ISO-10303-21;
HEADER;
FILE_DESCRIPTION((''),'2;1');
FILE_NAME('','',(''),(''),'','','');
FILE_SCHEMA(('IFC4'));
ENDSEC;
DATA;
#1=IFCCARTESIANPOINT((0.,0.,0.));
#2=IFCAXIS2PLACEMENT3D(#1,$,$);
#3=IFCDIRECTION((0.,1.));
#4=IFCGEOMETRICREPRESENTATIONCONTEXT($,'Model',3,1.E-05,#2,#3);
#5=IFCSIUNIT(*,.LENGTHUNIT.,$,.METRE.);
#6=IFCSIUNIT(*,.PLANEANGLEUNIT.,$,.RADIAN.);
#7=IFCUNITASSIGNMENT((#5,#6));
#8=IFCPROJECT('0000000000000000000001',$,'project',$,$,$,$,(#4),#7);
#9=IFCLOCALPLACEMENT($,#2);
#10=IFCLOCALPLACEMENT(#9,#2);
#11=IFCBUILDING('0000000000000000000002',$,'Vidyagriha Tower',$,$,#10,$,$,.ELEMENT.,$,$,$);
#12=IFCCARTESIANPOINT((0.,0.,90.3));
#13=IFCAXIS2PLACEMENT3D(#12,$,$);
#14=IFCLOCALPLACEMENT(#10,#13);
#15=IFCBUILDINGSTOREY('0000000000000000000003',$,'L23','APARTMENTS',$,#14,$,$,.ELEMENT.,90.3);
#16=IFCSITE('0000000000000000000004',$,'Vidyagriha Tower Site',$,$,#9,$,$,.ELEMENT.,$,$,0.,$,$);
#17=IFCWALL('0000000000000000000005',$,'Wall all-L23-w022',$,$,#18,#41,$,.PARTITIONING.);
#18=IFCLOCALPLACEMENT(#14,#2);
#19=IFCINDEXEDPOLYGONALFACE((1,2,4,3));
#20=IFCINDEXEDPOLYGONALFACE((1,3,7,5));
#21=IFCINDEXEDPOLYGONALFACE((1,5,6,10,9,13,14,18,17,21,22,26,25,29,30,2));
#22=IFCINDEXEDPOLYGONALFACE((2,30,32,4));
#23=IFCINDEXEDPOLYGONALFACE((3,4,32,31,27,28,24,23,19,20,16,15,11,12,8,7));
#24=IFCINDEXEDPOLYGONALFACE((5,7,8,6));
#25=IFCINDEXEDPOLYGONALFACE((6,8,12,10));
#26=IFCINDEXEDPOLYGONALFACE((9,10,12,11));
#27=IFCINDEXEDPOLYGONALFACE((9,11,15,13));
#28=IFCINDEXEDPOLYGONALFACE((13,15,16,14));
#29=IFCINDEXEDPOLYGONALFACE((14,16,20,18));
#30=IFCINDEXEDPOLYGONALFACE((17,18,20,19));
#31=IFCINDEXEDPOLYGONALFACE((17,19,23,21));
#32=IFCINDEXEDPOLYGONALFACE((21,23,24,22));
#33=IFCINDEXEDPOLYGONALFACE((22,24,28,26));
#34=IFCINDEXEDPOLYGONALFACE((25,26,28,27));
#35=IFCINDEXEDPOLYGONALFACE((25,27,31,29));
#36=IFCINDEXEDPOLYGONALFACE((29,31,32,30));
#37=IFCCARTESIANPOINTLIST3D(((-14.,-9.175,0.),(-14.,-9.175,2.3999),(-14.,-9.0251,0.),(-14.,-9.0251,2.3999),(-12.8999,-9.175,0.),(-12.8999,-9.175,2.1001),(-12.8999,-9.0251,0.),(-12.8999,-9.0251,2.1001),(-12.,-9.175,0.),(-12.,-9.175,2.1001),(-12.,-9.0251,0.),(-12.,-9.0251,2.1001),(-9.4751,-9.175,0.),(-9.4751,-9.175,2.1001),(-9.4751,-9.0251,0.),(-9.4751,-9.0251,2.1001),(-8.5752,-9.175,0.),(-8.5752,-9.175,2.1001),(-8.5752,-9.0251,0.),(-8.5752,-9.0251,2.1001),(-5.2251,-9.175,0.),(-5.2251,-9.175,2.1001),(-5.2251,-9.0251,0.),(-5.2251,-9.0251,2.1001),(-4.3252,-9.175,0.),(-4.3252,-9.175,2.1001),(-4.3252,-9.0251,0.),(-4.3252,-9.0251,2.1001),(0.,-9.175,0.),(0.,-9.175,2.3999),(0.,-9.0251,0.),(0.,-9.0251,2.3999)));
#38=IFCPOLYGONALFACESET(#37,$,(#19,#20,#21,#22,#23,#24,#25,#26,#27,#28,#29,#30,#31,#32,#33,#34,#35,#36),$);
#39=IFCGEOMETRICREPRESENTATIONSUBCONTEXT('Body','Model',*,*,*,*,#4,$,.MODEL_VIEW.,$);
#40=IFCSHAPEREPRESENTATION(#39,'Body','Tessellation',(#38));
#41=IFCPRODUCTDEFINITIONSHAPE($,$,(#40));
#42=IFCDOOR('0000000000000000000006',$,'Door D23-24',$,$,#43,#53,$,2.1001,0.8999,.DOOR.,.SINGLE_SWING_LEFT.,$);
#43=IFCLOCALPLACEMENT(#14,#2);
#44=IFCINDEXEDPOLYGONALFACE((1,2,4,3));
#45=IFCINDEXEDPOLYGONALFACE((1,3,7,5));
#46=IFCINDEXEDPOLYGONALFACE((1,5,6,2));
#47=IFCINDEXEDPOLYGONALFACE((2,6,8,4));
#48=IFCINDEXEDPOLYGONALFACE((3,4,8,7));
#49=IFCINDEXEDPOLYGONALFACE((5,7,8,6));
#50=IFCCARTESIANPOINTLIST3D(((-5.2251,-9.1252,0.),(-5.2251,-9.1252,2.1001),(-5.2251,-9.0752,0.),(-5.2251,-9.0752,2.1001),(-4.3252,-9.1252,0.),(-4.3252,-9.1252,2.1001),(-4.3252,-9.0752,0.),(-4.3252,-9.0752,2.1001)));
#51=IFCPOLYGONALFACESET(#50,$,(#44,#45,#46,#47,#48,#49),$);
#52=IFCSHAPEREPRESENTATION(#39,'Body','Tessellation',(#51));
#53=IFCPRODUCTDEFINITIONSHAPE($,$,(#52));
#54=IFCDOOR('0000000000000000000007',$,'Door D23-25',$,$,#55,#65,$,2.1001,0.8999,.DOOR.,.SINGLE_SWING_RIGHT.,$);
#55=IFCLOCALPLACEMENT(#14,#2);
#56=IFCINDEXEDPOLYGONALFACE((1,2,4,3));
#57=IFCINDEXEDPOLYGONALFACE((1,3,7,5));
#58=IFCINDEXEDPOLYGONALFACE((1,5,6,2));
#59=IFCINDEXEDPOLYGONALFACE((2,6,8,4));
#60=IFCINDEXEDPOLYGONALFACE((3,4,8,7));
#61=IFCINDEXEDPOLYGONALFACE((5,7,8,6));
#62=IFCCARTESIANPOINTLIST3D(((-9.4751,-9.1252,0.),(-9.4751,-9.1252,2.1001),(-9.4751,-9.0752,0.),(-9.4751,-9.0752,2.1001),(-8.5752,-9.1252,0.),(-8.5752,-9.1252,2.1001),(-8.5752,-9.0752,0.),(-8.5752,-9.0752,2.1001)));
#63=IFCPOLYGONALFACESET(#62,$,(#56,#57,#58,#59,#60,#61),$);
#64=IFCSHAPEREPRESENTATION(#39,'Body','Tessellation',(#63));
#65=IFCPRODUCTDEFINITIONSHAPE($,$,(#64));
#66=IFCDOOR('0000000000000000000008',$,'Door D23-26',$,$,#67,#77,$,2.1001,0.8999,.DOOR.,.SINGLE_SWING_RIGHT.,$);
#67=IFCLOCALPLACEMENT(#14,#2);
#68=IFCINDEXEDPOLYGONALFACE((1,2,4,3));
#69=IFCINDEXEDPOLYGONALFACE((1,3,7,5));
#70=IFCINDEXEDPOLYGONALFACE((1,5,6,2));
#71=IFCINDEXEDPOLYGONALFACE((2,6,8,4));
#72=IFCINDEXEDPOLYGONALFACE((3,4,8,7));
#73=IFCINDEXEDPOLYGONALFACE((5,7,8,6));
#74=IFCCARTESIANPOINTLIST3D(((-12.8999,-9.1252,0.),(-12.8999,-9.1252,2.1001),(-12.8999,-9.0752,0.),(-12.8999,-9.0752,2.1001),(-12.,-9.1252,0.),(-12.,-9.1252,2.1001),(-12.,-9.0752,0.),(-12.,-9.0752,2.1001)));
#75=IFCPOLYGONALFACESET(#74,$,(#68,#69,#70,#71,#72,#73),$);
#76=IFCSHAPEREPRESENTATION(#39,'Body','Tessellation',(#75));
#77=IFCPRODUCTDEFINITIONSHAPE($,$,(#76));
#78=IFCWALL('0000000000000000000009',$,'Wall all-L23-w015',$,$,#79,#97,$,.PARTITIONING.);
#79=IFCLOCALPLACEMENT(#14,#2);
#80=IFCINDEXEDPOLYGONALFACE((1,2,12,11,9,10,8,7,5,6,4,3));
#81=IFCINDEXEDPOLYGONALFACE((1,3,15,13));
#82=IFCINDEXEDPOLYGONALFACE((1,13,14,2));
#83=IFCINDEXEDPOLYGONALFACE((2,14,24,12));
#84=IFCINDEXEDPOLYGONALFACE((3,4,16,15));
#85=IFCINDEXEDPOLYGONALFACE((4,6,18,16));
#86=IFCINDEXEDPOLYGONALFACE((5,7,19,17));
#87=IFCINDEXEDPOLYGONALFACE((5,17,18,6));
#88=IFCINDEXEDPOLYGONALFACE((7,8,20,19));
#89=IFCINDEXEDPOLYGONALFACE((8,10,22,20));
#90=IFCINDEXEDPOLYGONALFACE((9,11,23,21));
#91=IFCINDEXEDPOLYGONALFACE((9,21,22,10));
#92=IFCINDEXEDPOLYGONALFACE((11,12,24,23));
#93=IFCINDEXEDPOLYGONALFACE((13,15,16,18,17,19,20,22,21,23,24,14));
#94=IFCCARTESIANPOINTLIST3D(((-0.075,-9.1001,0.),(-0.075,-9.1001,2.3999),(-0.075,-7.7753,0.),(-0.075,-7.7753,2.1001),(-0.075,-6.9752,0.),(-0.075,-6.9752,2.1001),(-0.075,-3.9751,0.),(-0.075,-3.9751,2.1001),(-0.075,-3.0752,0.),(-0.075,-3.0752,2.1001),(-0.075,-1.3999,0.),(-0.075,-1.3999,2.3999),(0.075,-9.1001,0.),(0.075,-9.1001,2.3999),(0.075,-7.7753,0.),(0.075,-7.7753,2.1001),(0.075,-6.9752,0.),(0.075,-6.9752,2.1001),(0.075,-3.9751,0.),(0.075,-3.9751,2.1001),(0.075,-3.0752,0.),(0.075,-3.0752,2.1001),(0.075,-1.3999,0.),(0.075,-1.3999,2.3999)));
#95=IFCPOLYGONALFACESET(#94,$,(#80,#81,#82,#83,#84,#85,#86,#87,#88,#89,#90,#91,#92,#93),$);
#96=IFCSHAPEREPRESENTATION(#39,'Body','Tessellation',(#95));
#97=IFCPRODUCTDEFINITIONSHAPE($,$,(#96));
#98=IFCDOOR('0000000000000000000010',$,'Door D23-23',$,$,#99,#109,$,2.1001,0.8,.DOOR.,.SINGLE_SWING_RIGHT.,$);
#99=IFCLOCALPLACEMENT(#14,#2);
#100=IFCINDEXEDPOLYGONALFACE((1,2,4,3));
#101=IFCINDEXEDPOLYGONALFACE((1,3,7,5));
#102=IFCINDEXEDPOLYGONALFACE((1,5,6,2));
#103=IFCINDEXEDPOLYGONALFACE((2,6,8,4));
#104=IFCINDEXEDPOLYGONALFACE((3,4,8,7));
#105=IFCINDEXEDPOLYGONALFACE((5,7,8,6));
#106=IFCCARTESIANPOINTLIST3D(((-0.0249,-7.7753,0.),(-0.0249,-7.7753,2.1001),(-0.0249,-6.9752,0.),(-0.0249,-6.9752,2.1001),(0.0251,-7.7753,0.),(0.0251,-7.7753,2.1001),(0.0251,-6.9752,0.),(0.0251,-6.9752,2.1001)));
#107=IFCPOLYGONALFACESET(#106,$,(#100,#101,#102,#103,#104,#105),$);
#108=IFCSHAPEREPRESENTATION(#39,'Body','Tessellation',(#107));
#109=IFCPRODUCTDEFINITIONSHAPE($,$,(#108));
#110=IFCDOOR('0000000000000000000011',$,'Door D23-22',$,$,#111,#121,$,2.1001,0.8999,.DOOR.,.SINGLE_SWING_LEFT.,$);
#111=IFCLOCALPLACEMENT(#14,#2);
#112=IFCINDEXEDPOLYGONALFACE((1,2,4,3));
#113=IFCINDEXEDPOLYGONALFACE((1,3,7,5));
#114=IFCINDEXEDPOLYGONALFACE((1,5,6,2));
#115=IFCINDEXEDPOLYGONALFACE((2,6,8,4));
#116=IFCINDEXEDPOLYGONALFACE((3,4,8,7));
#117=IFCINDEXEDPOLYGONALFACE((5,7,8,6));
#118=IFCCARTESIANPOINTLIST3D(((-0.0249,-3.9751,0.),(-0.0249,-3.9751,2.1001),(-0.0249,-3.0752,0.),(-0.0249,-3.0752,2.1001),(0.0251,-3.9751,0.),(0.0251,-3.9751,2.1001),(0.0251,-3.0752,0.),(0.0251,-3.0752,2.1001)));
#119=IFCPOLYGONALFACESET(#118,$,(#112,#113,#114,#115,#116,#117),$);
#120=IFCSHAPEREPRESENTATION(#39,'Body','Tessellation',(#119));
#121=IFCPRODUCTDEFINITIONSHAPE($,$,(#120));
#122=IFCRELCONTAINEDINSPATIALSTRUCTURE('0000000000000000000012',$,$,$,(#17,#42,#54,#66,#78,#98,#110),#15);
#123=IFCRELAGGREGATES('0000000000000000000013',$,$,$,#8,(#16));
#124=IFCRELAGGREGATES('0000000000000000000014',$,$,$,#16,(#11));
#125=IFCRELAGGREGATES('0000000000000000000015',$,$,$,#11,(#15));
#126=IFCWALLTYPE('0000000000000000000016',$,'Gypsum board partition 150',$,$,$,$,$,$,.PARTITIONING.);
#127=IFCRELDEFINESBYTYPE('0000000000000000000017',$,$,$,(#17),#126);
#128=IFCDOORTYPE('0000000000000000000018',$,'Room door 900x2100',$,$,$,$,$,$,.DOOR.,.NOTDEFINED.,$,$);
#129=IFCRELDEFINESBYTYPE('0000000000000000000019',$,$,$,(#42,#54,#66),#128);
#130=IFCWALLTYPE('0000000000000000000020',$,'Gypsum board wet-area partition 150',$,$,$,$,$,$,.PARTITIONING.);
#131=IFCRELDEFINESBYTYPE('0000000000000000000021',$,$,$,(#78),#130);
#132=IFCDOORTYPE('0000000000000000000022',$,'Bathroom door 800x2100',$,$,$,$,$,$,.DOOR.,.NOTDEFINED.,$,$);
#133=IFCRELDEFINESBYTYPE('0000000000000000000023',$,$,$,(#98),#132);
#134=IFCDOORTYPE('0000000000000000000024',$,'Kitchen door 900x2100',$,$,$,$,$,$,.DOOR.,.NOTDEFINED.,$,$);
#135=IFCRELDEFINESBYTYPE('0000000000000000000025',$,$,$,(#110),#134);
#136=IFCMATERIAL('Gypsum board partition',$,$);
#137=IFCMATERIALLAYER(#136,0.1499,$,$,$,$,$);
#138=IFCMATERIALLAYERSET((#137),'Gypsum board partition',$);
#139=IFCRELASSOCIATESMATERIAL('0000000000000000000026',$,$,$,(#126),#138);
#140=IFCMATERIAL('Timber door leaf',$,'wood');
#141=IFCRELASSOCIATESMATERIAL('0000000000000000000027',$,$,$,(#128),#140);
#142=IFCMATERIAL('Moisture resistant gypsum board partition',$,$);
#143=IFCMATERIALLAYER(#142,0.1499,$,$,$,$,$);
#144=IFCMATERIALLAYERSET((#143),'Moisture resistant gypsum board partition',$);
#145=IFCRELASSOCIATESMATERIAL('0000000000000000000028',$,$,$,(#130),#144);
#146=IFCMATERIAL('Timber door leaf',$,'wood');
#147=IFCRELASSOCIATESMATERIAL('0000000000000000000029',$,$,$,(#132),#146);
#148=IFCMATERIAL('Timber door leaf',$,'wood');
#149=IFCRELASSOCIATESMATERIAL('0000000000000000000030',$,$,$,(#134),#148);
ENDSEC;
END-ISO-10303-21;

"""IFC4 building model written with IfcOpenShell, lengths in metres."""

from ifc_helpers import new_model, si_unit, direction, frame, frame_2d, origin, place, context, subcontext, project, spatial, rectangle, extrude, material, layer, layer_set, type_object, element, fill, save


model = new_model("IFC4")

# Units and contexts
model_context = context("Model", 3, precision=1e-05, world=origin(), true_north=direction((0.0, 1.0)))
body_context = subcontext(model_context, "Body", "Model", "MODEL_VIEW")
ifc_project = project(units=[si_unit("LENGTHUNIT", "METRE"), si_unit("PLANEANGLEUNIT", "RADIAN")], contexts=[model_context])

# Site, building, storey
site_placement = place(None, origin())
site = spatial("IfcSite", under=ifc_project, at=site_placement, Name="Vidyagriha Tower Site", CompositionType="ELEMENT", RefElevation=0.0)
building_placement = place(site_placement, origin())
building = spatial("IfcBuilding", under=site, at=building_placement, Name="Vidyagriha Tower", CompositionType="ELEMENT")
storey_placement = place(building_placement, frame((0.0, 0.0, 90.3)))
storey = spatial("IfcBuildingStorey", under=building, at=storey_placement, Name="L23", Description="APARTMENTS", CompositionType="ELEMENT", Elevation=90.3)

# Shared definitions
ifc_material_1 = material(Name="Gypsum board partition")
ifc_layer_1 = layer(ifc_material_1, 0.1499)
ifc_layer_set_1 = layer_set([ifc_layer_1], Name="Gypsum board partition")
wall_type_1 = type_object("IfcWallType", Name="Gypsum board partition 150", PredefinedType="PARTITIONING", material=ifc_layer_set_1)

# Walls, openings, doors
wall_1_placement = place(storey_placement, frame((-14.0, -9.1001, 0.0)))
wall_1 = element("IfcWall", 1, at=wall_1_placement, inside=storey, type_object=wall_type_1, Name="Wall all-L23-w022", PredefinedType="PARTITIONING", context=body_context, shape_type="SweptSolid", body=[
    extrude(rectangle(XDim=14.0, YDim=0.1499, at=frame_2d((7.0, 0.0))), origin(), (0.0, 0.0, 1.0), 2.3999),
])
opening_1_placement = place(wall_1_placement, frame((8.7749, 0.0, 0.0)))
opening_1 = element("IfcOpeningElement", 2, at=opening_1_placement, cuts=wall_1, PredefinedType="OPENING", context=body_context, shape_type="SweptSolid", body=[
    extrude(rectangle(XDim=0.8999, YDim=2.1001, at=frame_2d((0.45, 1.05))), frame((0.0, 0.085, 0.0), z_axis=(0.0, -1.0, 0.0), x_axis=(1.0, 0.0, 0.0)), (0.0, 0.0, 1.0), 0.1699),
])
opening_2_placement = place(wall_1_placement, frame((4.5249, 0.0, 0.0)))
opening_2 = element("IfcOpeningElement", 3, at=opening_2_placement, cuts=wall_1, PredefinedType="OPENING", context=body_context, shape_type="SweptSolid", body=[
    extrude(rectangle(XDim=0.8999, YDim=2.1001, at=frame_2d((0.45, 1.05))), frame((0.0, 0.085, 0.0), z_axis=(0.0, -1.0, 0.0), x_axis=(1.0, 0.0, 0.0)), (0.0, 0.0, 1.0), 0.1699),
])
opening_3_placement = place(wall_1_placement, frame((1.1001, 0.0, 0.0)))
opening_3 = element("IfcOpeningElement", 4, at=opening_3_placement, cuts=wall_1, PredefinedType="OPENING", context=body_context, shape_type="SweptSolid", body=[
    extrude(rectangle(XDim=0.8999, YDim=2.1001, at=frame_2d((0.45, 1.05))), frame((0.0, 0.085, 0.0), z_axis=(0.0, -1.0, 0.0), x_axis=(1.0, 0.0, 0.0)), (0.0, 0.0, 1.0), 0.1699),
])
ifc_material_2 = material(Name="Timber door leaf", Category="wood")
door_type_1 = type_object("IfcDoorType", Name="Room door 900x2100", OperationType="NOTDEFINED", PredefinedType="DOOR", material=ifc_material_2)
door_1_placement = place(opening_1_placement, origin())
door_1 = element("IfcDoor", 5, at=door_1_placement, inside=storey, type_object=door_type_1, Name="Door D23-24", OperationType="SINGLE_SWING_LEFT", OverallHeight=2.1001, OverallWidth=0.8999, PredefinedType="DOOR", context=body_context, shape_type="SweptSolid", body=[
    extrude(rectangle(XDim=0.8999, YDim=2.1001, at=frame_2d((0.45, 1.05))), frame((0.0, 0.0249, 0.0), z_axis=(0.0, -1.0, 0.0), x_axis=(1.0, 0.0, 0.0)), (0.0, 0.0, 1.0), 0.05),
])
fill(opening_1, door_1)
door_2_placement = place(opening_2_placement, origin())
door_2 = element("IfcDoor", 6, at=door_2_placement, inside=storey, type_object=door_type_1, Name="Door D23-25", OperationType="SINGLE_SWING_RIGHT", OverallHeight=2.1001, OverallWidth=0.8999, PredefinedType="DOOR", context=body_context, shape_type="SweptSolid", body=[
    extrude(rectangle(XDim=0.8999, YDim=2.1001, at=frame_2d((0.45, 1.05))), frame((0.0, 0.0249, 0.0), z_axis=(0.0, -1.0, 0.0), x_axis=(1.0, 0.0, 0.0)), (0.0, 0.0, 1.0), 0.05),
])
fill(opening_2, door_2)
door_3_placement = place(opening_3_placement, origin())
door_3 = element("IfcDoor", 7, at=door_3_placement, inside=storey, type_object=door_type_1, Name="Door D23-26", OperationType="SINGLE_SWING_RIGHT", OverallHeight=2.1001, OverallWidth=0.8999, PredefinedType="DOOR", context=body_context, shape_type="SweptSolid", body=[
    extrude(rectangle(XDim=0.8999, YDim=2.1001, at=frame_2d((0.45, 1.05))), frame((0.0, 0.0249, 0.0), z_axis=(0.0, -1.0, 0.0), x_axis=(1.0, 0.0, 0.0)), (0.0, 0.0, 1.0), 0.05),
])
fill(opening_3, door_3)
ifc_material_3 = material(Name="Moisture resistant gypsum board partition")
ifc_layer_2 = layer(ifc_material_3, 0.1499)
ifc_layer_set_2 = layer_set([ifc_layer_2], Name="Moisture resistant gypsum board partition")
wall_type_2 = type_object("IfcWallType", Name="Gypsum board wet-area partition 150", PredefinedType="PARTITIONING", material=ifc_layer_set_2)
wall_2_placement = place(storey_placement, frame((0.0, -9.1001, 0.0), z_axis=(0.0, 0.0, 1.0), x_axis=(0.0, 1.0, 0.0)))
wall_2 = element("IfcWall", 8, at=wall_2_placement, inside=storey, type_object=wall_type_2, Name="Wall all-L23-w015", PredefinedType="PARTITIONING", context=body_context, shape_type="SweptSolid", body=[
    extrude(rectangle(XDim=7.7002, YDim=0.1499, at=frame_2d((3.8501, 0.0))), origin(), (0.0, 0.0, 1.0), 2.3999),
])
opening_4_placement = place(wall_2_placement, frame((5.125, 0.0, 0.0)))
opening_4 = element("IfcOpeningElement", 9, at=opening_4_placement, cuts=wall_2, PredefinedType="OPENING", context=body_context, shape_type="SweptSolid", body=[
    extrude(rectangle(XDim=0.8999, YDim=2.1001, at=frame_2d((0.45, 1.05))), frame((0.0, 0.085, 0.0), z_axis=(0.0, -1.0, 0.0), x_axis=(1.0, 0.0, 0.0)), (0.0, 0.0, 1.0), 0.1699),
])
opening_5_placement = place(wall_2_placement, frame((1.325, 0.0, 0.0)))
opening_5 = element("IfcOpeningElement", 10, at=opening_5_placement, cuts=wall_2, PredefinedType="OPENING", context=body_context, shape_type="SweptSolid", body=[
    extrude(rectangle(XDim=0.8, YDim=2.1001, at=frame_2d((0.3999, 1.05))), frame((0.0, 0.085, 0.0), z_axis=(0.0, -1.0, 0.0), x_axis=(1.0, 0.0, 0.0)), (0.0, 0.0, 1.0), 0.1699),
])
ifc_material_4 = material(Name="Timber door leaf", Category="wood")
door_type_2 = type_object("IfcDoorType", Name="Bathroom door 800x2100", OperationType="NOTDEFINED", PredefinedType="DOOR", material=ifc_material_4)
door_4_placement = place(opening_5_placement, origin())
door_4 = element("IfcDoor", 11, at=door_4_placement, inside=storey, type_object=door_type_2, Name="Door D23-23", OperationType="SINGLE_SWING_RIGHT", OverallHeight=2.1001, OverallWidth=0.8, PredefinedType="DOOR", context=body_context, shape_type="SweptSolid", body=[
    extrude(rectangle(XDim=0.8, YDim=2.1001, at=frame_2d((0.3999, 1.05))), frame((0.0, 0.0249, 0.0), z_axis=(0.0, -1.0, 0.0), x_axis=(1.0, 0.0, 0.0)), (0.0, 0.0, 1.0), 0.05),
])
fill(opening_5, door_4)
ifc_material_5 = material(Name="Timber door leaf", Category="wood")
door_type_3 = type_object("IfcDoorType", Name="Kitchen door 900x2100", OperationType="NOTDEFINED", PredefinedType="DOOR", material=ifc_material_5)
door_5_placement = place(opening_4_placement, origin())
door_5 = element("IfcDoor", 12, at=door_5_placement, inside=storey, type_object=door_type_3, Name="Door D23-22", OperationType="SINGLE_SWING_LEFT", OverallHeight=2.1001, OverallWidth=0.8999, PredefinedType="DOOR", context=body_context, shape_type="SweptSolid", body=[
    extrude(rectangle(XDim=0.8999, YDim=2.1001, at=frame_2d((0.45, 1.05))), frame((0.0, 0.0249, 0.0), z_axis=(0.0, -1.0, 0.0), x_axis=(1.0, 0.0, 0.0)), (0.0, 0.0, 1.0), 0.05),
])
fill(opening_4, door_5)

save(model, "model.ifc")
